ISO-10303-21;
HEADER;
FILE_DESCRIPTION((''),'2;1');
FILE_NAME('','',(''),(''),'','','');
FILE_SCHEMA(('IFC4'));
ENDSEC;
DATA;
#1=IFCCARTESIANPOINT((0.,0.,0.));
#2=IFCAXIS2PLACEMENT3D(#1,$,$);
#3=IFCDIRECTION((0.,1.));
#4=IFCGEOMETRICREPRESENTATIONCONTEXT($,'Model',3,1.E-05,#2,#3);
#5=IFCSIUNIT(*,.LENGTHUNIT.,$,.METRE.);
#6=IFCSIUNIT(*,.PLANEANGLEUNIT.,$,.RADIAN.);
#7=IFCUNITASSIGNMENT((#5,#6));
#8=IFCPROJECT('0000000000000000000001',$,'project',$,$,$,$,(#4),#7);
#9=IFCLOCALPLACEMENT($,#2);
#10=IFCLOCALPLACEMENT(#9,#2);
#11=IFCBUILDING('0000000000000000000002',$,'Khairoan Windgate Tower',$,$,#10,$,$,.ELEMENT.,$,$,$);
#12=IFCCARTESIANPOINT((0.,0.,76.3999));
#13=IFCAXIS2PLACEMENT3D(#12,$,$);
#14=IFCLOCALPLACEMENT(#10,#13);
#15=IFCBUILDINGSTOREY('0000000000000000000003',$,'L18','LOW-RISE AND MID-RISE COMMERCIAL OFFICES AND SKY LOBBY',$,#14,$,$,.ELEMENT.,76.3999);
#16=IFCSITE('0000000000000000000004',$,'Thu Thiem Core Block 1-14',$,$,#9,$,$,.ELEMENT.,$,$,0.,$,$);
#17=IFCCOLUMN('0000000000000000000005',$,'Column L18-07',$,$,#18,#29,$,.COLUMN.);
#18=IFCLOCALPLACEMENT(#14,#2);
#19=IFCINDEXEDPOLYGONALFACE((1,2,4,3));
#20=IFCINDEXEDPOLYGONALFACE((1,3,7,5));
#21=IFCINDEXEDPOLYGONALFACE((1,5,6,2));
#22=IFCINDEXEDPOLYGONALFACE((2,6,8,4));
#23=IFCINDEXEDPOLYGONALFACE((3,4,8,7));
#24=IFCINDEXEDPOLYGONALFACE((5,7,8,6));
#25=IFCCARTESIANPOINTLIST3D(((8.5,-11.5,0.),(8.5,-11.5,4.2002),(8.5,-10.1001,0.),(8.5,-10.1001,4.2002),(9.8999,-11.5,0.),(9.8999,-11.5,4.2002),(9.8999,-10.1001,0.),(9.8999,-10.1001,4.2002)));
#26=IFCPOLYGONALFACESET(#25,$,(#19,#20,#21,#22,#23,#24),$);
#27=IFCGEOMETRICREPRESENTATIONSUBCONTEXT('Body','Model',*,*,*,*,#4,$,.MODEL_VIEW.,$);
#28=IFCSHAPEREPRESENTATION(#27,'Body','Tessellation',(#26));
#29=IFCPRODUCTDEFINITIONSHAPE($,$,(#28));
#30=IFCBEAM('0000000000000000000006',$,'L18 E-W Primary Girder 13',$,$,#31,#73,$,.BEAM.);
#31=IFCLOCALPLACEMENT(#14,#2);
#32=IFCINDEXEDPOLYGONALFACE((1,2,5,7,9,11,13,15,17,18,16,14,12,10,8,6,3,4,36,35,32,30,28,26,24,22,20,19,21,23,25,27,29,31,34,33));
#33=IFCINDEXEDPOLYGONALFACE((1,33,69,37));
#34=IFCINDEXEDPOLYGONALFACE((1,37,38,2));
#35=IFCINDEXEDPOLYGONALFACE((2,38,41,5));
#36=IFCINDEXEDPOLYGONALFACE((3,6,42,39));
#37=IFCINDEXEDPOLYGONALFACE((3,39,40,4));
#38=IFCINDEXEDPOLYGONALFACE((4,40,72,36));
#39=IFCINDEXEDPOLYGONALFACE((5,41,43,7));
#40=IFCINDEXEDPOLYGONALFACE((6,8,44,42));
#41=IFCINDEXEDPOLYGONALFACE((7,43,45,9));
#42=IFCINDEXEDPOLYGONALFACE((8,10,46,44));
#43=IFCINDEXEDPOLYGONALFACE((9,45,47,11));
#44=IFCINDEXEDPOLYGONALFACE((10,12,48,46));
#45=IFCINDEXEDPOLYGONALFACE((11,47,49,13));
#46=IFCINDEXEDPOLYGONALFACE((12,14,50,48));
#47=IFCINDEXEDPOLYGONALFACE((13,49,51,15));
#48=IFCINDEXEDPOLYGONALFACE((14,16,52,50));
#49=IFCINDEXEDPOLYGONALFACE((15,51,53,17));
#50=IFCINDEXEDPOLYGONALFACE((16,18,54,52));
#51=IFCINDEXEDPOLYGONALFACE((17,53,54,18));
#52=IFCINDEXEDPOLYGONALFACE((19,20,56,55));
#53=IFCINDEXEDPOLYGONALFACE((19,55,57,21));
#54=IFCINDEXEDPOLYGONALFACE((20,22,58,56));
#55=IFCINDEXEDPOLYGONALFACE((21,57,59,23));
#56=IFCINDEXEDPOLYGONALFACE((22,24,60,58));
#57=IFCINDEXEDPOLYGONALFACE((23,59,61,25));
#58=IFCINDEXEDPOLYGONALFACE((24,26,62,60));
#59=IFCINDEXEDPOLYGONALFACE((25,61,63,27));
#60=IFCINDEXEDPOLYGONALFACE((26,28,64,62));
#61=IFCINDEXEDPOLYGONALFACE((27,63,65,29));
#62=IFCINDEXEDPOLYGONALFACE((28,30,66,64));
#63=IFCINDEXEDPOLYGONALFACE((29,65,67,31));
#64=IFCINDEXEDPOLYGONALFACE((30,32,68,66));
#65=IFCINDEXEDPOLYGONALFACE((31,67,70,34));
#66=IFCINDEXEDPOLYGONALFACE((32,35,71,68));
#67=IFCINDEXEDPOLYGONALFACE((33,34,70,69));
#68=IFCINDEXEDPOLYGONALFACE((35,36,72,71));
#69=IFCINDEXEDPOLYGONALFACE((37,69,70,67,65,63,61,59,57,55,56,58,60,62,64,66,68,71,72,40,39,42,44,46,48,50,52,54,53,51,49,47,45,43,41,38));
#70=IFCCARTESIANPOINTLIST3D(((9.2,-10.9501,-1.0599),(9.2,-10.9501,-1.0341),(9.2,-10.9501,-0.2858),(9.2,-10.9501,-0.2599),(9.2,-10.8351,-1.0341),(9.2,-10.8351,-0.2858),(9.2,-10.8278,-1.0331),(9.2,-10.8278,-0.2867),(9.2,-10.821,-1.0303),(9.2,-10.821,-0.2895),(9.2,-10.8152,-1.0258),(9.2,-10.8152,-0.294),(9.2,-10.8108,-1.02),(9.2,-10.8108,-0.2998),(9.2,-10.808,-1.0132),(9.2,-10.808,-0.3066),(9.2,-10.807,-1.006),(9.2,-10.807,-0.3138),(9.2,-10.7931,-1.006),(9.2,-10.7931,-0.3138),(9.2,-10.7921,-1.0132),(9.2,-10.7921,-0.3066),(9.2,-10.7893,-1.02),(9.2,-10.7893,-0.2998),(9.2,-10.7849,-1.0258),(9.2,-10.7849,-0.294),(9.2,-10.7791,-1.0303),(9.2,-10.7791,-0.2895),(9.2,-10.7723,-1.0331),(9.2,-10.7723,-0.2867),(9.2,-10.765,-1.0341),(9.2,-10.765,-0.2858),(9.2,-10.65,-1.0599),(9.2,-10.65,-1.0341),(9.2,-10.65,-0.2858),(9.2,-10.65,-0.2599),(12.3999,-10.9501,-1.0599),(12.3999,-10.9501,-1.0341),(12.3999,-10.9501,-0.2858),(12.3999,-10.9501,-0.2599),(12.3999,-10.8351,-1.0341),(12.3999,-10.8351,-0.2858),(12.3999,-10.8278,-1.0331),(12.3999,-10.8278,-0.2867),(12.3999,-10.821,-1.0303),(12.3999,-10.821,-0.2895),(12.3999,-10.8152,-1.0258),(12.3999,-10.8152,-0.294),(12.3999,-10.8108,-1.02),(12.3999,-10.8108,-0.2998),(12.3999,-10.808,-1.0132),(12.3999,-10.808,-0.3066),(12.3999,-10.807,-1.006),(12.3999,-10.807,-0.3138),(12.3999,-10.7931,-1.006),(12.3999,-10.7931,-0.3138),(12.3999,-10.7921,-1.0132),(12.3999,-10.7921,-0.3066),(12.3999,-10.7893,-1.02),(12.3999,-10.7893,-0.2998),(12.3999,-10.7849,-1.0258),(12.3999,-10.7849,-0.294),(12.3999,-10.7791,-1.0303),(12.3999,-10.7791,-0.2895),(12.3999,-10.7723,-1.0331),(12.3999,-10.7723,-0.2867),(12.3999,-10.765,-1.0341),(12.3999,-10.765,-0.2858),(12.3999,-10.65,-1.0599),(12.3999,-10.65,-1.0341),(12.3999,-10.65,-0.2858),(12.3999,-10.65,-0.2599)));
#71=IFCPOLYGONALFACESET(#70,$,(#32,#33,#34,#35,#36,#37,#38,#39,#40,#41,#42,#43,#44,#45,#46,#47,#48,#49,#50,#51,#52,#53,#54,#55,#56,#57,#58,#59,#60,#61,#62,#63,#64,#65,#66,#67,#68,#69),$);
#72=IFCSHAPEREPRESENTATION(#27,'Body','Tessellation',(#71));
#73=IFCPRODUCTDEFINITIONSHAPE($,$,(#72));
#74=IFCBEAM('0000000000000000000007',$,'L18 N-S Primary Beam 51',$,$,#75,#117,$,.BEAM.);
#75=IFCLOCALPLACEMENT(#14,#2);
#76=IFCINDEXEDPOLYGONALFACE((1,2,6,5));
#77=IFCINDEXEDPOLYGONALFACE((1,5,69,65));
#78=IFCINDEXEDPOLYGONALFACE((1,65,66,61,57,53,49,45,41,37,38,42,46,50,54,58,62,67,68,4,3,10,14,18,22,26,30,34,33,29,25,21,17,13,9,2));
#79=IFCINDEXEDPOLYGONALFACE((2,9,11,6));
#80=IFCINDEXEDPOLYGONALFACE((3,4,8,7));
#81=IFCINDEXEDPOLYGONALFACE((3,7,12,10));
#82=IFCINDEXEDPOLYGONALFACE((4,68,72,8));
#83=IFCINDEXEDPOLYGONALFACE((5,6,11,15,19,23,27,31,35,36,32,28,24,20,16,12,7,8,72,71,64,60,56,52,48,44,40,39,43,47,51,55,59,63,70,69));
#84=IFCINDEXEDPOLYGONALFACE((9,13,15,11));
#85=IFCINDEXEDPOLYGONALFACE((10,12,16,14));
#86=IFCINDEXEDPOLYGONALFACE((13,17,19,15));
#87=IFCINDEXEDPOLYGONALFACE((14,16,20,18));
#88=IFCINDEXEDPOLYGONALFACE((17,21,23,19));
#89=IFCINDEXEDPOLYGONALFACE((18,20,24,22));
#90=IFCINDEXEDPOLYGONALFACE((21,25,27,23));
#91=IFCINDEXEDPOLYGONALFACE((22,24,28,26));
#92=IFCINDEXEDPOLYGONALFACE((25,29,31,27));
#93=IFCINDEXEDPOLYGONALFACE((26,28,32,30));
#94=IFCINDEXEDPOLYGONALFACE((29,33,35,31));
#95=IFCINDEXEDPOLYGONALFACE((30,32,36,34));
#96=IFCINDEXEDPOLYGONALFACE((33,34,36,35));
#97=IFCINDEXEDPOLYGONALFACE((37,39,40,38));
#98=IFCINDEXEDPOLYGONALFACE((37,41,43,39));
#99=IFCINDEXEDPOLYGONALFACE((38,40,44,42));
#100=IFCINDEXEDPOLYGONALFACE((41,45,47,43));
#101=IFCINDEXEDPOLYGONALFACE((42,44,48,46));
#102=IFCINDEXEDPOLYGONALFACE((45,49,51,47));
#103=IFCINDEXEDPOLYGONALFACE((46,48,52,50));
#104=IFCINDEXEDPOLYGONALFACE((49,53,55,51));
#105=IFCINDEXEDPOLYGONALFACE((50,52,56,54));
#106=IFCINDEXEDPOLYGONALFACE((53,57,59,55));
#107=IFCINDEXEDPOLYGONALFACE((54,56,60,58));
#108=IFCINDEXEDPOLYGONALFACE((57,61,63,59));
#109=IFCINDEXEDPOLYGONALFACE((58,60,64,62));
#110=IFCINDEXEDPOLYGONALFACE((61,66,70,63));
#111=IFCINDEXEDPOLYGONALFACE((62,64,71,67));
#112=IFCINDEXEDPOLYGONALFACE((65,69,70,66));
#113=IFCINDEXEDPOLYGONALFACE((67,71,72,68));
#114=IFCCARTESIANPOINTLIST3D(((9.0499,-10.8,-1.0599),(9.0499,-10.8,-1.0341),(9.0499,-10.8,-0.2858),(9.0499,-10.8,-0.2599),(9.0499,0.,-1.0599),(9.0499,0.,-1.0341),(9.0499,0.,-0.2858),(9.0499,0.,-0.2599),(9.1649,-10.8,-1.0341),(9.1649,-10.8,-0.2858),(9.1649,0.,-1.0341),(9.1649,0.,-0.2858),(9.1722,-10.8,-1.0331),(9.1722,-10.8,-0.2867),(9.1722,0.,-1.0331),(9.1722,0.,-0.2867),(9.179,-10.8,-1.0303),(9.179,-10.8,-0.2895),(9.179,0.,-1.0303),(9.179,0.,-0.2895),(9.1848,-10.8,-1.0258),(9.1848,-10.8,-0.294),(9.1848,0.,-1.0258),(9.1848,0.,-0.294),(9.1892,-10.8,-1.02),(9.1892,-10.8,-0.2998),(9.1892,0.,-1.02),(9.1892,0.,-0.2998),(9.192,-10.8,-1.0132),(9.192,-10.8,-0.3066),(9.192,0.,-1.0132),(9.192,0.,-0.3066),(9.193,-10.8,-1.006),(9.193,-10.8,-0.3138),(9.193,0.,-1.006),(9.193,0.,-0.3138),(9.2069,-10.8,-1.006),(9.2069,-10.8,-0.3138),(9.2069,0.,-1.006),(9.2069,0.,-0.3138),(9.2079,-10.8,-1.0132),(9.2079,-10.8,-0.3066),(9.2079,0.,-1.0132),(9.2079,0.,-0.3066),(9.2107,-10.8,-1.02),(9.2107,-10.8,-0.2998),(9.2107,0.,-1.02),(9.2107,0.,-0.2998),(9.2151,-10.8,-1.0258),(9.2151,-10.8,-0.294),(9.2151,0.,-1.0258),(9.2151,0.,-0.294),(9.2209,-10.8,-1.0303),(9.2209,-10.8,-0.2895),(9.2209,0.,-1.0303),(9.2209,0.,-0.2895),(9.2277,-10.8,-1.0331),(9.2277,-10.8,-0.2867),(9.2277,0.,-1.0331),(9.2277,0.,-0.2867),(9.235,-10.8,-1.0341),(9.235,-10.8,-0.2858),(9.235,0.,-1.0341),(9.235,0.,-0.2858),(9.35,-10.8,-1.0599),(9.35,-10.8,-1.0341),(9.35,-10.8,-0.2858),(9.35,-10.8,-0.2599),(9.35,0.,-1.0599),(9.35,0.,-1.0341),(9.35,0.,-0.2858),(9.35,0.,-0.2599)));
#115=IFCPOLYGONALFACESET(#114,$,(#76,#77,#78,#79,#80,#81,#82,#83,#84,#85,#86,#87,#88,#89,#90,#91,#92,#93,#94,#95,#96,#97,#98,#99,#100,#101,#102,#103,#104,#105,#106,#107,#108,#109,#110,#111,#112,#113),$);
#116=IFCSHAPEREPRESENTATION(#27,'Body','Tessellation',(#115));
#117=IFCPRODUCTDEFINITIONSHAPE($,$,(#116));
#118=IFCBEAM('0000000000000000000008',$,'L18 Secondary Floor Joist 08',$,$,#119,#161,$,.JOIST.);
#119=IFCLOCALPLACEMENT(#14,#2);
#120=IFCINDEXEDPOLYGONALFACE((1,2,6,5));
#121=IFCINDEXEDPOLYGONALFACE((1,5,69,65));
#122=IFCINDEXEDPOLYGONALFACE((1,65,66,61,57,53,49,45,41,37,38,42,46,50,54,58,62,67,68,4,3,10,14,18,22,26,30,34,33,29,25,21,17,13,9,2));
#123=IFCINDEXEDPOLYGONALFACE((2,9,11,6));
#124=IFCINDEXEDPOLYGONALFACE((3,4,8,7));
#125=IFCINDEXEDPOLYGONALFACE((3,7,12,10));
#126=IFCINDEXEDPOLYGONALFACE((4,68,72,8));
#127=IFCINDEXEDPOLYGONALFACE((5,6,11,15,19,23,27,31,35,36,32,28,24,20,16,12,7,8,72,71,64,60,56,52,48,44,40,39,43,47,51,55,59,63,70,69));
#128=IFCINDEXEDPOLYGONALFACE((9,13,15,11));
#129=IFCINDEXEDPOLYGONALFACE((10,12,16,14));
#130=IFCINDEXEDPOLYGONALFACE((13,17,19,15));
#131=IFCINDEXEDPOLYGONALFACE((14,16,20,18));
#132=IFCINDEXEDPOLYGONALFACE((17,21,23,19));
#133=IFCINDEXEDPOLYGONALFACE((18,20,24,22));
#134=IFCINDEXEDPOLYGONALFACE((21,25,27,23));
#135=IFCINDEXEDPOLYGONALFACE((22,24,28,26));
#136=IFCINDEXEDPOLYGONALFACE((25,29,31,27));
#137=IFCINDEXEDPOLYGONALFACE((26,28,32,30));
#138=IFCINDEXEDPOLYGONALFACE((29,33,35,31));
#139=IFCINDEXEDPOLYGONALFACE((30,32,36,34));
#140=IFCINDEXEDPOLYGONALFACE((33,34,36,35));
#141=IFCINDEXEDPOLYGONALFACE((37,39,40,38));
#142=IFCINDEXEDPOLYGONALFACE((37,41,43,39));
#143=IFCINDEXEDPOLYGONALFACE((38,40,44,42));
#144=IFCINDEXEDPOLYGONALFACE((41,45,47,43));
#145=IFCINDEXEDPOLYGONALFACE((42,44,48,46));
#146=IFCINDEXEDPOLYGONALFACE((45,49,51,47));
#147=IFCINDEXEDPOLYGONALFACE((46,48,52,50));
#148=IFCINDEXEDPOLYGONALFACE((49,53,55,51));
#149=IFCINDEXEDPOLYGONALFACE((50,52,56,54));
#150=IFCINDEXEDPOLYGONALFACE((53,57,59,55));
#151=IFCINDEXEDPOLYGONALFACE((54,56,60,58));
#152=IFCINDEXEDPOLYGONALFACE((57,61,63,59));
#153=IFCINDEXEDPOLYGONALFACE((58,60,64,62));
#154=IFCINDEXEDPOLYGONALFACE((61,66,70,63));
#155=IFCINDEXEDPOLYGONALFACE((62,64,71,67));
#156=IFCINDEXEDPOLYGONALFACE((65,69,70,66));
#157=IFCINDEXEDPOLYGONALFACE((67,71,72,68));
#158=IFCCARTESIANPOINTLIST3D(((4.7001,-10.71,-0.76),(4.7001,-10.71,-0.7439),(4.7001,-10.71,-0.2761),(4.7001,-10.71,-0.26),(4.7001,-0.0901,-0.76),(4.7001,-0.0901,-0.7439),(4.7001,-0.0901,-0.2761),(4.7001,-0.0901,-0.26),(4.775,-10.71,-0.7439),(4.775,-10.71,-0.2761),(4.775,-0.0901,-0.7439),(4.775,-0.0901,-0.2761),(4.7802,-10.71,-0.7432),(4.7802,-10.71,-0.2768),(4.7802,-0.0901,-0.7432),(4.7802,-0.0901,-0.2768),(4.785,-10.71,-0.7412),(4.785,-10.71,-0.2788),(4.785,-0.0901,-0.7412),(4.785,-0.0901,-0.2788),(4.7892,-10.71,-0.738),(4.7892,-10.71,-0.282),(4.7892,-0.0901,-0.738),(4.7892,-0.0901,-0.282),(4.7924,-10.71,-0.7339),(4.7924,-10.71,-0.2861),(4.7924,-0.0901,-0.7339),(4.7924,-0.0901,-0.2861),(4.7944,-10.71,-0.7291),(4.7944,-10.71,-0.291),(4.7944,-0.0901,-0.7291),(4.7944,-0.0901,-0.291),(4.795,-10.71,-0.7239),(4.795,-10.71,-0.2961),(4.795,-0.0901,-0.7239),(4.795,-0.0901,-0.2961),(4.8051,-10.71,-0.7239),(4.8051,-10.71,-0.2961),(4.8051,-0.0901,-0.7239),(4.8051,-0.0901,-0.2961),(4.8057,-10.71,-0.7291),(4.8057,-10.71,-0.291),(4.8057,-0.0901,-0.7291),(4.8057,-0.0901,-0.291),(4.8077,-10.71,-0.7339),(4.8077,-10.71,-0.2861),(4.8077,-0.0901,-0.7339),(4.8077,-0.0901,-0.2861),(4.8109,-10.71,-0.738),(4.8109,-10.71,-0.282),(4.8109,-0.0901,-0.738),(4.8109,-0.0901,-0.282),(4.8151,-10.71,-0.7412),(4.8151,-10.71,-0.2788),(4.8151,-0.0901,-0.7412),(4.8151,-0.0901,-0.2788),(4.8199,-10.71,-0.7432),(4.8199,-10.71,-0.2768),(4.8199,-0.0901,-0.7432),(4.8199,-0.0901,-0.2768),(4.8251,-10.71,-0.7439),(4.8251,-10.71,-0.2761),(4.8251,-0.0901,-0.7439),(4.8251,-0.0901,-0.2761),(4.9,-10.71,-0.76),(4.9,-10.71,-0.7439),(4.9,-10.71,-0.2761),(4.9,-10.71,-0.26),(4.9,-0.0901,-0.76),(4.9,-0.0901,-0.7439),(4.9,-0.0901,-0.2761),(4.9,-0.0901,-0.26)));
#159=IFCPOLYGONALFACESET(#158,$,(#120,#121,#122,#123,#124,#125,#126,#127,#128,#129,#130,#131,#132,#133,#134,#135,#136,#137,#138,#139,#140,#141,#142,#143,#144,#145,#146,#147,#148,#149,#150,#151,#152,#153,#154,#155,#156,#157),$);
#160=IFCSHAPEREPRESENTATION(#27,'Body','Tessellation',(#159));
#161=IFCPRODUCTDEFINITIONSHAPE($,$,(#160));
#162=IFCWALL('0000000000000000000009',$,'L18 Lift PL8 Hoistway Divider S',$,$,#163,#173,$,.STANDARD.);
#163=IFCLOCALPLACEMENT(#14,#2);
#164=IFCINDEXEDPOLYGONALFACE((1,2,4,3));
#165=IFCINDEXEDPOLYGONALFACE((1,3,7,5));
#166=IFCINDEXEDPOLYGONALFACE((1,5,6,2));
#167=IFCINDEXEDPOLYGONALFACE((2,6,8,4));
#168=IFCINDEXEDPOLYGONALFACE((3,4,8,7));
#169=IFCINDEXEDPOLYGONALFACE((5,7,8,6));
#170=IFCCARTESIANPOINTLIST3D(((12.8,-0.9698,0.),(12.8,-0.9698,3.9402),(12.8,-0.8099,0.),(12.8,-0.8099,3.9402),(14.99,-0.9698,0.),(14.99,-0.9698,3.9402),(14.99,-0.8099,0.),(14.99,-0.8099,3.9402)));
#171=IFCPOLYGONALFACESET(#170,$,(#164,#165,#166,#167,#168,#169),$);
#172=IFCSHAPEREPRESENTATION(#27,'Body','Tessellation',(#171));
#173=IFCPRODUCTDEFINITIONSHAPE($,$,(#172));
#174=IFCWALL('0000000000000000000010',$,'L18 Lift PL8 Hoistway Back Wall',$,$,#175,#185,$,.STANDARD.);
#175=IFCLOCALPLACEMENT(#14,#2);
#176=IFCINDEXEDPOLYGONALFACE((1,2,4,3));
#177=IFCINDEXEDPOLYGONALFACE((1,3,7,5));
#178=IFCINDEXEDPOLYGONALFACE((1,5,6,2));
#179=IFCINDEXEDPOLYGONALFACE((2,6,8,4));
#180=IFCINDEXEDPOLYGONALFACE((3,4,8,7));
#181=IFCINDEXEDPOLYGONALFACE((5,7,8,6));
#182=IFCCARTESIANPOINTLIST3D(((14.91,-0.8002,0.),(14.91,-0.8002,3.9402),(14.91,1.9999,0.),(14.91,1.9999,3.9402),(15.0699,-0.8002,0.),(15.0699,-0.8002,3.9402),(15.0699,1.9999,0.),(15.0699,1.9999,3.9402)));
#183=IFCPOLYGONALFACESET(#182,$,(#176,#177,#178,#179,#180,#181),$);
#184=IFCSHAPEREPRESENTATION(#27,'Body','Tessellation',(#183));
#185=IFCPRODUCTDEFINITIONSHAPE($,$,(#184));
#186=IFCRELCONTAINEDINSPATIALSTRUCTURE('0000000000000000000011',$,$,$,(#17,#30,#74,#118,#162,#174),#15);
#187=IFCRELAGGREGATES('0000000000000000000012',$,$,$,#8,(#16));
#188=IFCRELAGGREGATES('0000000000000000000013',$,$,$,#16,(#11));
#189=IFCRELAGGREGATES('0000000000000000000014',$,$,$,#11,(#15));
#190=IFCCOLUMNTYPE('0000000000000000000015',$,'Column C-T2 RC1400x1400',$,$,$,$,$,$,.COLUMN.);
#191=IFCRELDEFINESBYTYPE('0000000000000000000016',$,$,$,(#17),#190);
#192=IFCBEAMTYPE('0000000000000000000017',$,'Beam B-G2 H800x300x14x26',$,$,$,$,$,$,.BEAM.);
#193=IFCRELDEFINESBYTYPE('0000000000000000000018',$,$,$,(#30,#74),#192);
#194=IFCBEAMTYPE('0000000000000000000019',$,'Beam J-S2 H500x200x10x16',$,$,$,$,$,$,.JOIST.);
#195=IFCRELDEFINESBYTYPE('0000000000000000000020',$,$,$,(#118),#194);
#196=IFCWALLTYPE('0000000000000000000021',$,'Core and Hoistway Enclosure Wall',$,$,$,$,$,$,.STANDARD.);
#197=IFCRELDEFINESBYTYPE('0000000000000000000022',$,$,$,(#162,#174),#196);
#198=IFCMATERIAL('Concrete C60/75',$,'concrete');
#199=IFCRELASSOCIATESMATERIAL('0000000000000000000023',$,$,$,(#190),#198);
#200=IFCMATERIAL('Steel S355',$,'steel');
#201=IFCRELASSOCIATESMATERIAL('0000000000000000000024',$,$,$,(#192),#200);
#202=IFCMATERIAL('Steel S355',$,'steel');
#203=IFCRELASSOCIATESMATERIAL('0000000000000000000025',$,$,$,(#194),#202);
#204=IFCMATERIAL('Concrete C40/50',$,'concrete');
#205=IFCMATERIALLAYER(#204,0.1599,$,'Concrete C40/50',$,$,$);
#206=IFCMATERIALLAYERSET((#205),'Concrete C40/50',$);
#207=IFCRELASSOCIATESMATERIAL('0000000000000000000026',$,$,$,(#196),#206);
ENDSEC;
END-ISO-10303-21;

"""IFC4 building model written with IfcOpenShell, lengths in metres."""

from ifc_helpers import new_model, si_unit, direction, frame, frame_2d, origin, origin_2d, place, context, subcontext, project, spatial, rectangle, i_section, extrude, material, layer, layer_set, material_profile, profile_set, type_object, element, save


model = new_model("IFC4")

# Units and contexts
model_context = context("Model", 3, precision=1e-05, world=origin(), true_north=direction((0.0, 1.0)))
body_context = subcontext(model_context, "Body", "Model", "MODEL_VIEW")
ifc_project = project(units=[si_unit("LENGTHUNIT", "METRE"), si_unit("PLANEANGLEUNIT", "RADIAN")], contexts=[model_context])

# Site, building, storey
site_placement = place(None, origin())
site = spatial("IfcSite", under=ifc_project, at=site_placement, Name="Thu Thiem Core Block 1-14", CompositionType="ELEMENT", RefElevation=0.0)
building_placement = place(site_placement, origin())
building = spatial("IfcBuilding", under=site, at=building_placement, Name="Khairoan Windgate Tower", CompositionType="ELEMENT")
storey_placement = place(building_placement, frame((0.0, 0.0, 76.3999)))
storey = spatial("IfcBuildingStorey", under=building, at=storey_placement, Name="L18", Description="LOW-RISE AND MID-RISE COMMERCIAL OFFICES AND SKY LOBBY", CompositionType="ELEMENT", Elevation=76.3999)

# Column
ifc_material_1 = material(Name="Concrete C60/75", Category="concrete")
ifc_material_profile_1 = material_profile(ifc_material_1, rectangle(XDim=1.3999, YDim=1.3999, at=origin_2d()))
ifc_profile_set_1 = profile_set([ifc_material_profile_1], Name="Concrete C60/75")
column_type = type_object("IfcColumnType", Name="Column C-T2 RC1400x1400", PredefinedType="COLUMN", material=ifc_profile_set_1)
column_placement = place(storey_placement, frame((9.2, -10.8, 0.0), z_axis=(0.0, 0.0, 1.0), x_axis=(1.0, 0.0, 0.0)))
element("IfcColumn", 1, at=column_placement, inside=storey, type_object=column_type, Name="Column L18-07", PredefinedType="COLUMN", context=body_context, shape_type="SweptSolid", body=[
    extrude(rectangle(XDim=1.3999, YDim=1.3999, at=origin_2d()), origin(), (0.0, 0.0, 1.0), 4.2002),
])

# Beams
ifc_material_2 = material(Name="Steel S355", Category="steel")
ifc_material_profile_2 = material_profile(ifc_material_2, i_section(OverallWidth=0.3, OverallDepth=0.8, WebThickness=0.0139, FlangeThickness=0.0259, FilletRadius=0.0281, at=origin_2d()))
ifc_profile_set_2 = profile_set([ifc_material_profile_2], Name="Steel S355")
beam_type_1 = type_object("IfcBeamType", Name="Beam B-G2 H800x300x14x26", PredefinedType="BEAM", material=ifc_profile_set_2)
beam_1_placement = place(storey_placement, frame((9.2, -10.8, -0.6599), z_axis=(1.0, 0.0, 0.0), x_axis=(0.0, 1.0, 0.0)))
element("IfcBeam", 2, at=beam_1_placement, inside=storey, type_object=beam_type_1, Name="L18 E-W Primary Girder 13", PredefinedType="BEAM", context=body_context, shape_type="SweptSolid", body=[
    extrude(i_section(OverallWidth=0.3, OverallDepth=0.8, WebThickness=0.0139, FlangeThickness=0.0259, FilletRadius=0.0281, at=origin_2d()), origin(), (0.0, 0.0, 1.0), 3.2),
])
beam_2_placement = place(storey_placement, frame((9.2, -10.8, -0.6599), z_axis=(0.0, 1.0, 0.0), x_axis=(-1.0, 0.0, 0.0)))
element("IfcBeam", 3, at=beam_2_placement, inside=storey, type_object=beam_type_1, Name="L18 N-S Primary Beam 51", PredefinedType="BEAM", context=body_context, shape_type="SweptSolid", body=[
    extrude(i_section(OverallWidth=0.3, OverallDepth=0.8, WebThickness=0.0139, FlangeThickness=0.0259, FilletRadius=0.0281, at=origin_2d()), origin(), (0.0, 0.0, 1.0), 10.8),
])
ifc_material_3 = material(Name="Steel S355", Category="steel")
ifc_material_profile_3 = material_profile(ifc_material_3, i_section(OverallWidth=0.2, OverallDepth=0.5, WebThickness=0.01, FlangeThickness=0.0161, FilletRadius=0.02, at=origin_2d()))
ifc_profile_set_3 = profile_set([ifc_material_profile_3], Name="Steel S355")
beam_type_2 = type_object("IfcBeamType", Name="Beam J-S2 H500x200x10x16", PredefinedType="JOIST", material=ifc_profile_set_3)
beam_3_placement = place(storey_placement, frame((4.8, -10.71, -0.51), z_axis=(0.0, 1.0, 0.0), x_axis=(-1.0, 0.0, 0.0)))
element("IfcBeam", 4, at=beam_3_placement, inside=storey, type_object=beam_type_2, Name="L18 Secondary Floor Joist 08", PredefinedType="JOIST", context=body_context, shape_type="SweptSolid", body=[
    extrude(i_section(OverallWidth=0.2, OverallDepth=0.5, WebThickness=0.01, FlangeThickness=0.0161, FilletRadius=0.02, at=origin_2d()), origin(), (0.0, 0.0, 1.0), 10.6199),
])

# Walls
ifc_material_4 = material(Name="Concrete C40/50", Category="concrete")
ifc_layer_1 = layer(ifc_material_4, 0.1599, Name="Concrete C40/50")
ifc_layer_set_1 = layer_set([ifc_layer_1], Name="Concrete C40/50")
wall_type_1 = type_object("IfcWallType", Name="Core and Hoistway Enclosure Wall", PredefinedType="STANDARD", material=ifc_layer_set_1)
wall_1_placement = place(storey_placement, frame((12.8, -0.8899, 0.0), z_axis=(0.0, 0.0, 1.0), x_axis=(1.0, 0.0, 0.0)))
element("IfcWall", 5, at=wall_1_placement, inside=storey, type_object=wall_type_1, Name="L18 Lift PL8 Hoistway Divider S", PredefinedType="STANDARD", context=body_context, shape_type="SweptSolid", body=[
    extrude(rectangle(XDim=2.1899, YDim=0.1599, at=frame_2d((1.095, 0.0))), origin(), (0.0, 0.0, 1.0), 3.9402),
])
wall_2_placement = place(storey_placement, frame((14.99, -0.8, 0.0), z_axis=(0.0, 0.0, 1.0), x_axis=(0.0, 1.0, 0.0)))
element("IfcWall", 6, at=wall_2_placement, inside=storey, type_object=wall_type_1, Name="L18 Lift PL8 Hoistway Back Wall", PredefinedType="STANDARD", context=body_context, shape_type="SweptSolid", body=[
    extrude(rectangle(XDim=2.8, YDim=0.1599, at=frame_2d((1.3999, 0.0))), origin(), (0.0, 0.0, 1.0), 3.9402),
])

save(model, "model.ifc")
